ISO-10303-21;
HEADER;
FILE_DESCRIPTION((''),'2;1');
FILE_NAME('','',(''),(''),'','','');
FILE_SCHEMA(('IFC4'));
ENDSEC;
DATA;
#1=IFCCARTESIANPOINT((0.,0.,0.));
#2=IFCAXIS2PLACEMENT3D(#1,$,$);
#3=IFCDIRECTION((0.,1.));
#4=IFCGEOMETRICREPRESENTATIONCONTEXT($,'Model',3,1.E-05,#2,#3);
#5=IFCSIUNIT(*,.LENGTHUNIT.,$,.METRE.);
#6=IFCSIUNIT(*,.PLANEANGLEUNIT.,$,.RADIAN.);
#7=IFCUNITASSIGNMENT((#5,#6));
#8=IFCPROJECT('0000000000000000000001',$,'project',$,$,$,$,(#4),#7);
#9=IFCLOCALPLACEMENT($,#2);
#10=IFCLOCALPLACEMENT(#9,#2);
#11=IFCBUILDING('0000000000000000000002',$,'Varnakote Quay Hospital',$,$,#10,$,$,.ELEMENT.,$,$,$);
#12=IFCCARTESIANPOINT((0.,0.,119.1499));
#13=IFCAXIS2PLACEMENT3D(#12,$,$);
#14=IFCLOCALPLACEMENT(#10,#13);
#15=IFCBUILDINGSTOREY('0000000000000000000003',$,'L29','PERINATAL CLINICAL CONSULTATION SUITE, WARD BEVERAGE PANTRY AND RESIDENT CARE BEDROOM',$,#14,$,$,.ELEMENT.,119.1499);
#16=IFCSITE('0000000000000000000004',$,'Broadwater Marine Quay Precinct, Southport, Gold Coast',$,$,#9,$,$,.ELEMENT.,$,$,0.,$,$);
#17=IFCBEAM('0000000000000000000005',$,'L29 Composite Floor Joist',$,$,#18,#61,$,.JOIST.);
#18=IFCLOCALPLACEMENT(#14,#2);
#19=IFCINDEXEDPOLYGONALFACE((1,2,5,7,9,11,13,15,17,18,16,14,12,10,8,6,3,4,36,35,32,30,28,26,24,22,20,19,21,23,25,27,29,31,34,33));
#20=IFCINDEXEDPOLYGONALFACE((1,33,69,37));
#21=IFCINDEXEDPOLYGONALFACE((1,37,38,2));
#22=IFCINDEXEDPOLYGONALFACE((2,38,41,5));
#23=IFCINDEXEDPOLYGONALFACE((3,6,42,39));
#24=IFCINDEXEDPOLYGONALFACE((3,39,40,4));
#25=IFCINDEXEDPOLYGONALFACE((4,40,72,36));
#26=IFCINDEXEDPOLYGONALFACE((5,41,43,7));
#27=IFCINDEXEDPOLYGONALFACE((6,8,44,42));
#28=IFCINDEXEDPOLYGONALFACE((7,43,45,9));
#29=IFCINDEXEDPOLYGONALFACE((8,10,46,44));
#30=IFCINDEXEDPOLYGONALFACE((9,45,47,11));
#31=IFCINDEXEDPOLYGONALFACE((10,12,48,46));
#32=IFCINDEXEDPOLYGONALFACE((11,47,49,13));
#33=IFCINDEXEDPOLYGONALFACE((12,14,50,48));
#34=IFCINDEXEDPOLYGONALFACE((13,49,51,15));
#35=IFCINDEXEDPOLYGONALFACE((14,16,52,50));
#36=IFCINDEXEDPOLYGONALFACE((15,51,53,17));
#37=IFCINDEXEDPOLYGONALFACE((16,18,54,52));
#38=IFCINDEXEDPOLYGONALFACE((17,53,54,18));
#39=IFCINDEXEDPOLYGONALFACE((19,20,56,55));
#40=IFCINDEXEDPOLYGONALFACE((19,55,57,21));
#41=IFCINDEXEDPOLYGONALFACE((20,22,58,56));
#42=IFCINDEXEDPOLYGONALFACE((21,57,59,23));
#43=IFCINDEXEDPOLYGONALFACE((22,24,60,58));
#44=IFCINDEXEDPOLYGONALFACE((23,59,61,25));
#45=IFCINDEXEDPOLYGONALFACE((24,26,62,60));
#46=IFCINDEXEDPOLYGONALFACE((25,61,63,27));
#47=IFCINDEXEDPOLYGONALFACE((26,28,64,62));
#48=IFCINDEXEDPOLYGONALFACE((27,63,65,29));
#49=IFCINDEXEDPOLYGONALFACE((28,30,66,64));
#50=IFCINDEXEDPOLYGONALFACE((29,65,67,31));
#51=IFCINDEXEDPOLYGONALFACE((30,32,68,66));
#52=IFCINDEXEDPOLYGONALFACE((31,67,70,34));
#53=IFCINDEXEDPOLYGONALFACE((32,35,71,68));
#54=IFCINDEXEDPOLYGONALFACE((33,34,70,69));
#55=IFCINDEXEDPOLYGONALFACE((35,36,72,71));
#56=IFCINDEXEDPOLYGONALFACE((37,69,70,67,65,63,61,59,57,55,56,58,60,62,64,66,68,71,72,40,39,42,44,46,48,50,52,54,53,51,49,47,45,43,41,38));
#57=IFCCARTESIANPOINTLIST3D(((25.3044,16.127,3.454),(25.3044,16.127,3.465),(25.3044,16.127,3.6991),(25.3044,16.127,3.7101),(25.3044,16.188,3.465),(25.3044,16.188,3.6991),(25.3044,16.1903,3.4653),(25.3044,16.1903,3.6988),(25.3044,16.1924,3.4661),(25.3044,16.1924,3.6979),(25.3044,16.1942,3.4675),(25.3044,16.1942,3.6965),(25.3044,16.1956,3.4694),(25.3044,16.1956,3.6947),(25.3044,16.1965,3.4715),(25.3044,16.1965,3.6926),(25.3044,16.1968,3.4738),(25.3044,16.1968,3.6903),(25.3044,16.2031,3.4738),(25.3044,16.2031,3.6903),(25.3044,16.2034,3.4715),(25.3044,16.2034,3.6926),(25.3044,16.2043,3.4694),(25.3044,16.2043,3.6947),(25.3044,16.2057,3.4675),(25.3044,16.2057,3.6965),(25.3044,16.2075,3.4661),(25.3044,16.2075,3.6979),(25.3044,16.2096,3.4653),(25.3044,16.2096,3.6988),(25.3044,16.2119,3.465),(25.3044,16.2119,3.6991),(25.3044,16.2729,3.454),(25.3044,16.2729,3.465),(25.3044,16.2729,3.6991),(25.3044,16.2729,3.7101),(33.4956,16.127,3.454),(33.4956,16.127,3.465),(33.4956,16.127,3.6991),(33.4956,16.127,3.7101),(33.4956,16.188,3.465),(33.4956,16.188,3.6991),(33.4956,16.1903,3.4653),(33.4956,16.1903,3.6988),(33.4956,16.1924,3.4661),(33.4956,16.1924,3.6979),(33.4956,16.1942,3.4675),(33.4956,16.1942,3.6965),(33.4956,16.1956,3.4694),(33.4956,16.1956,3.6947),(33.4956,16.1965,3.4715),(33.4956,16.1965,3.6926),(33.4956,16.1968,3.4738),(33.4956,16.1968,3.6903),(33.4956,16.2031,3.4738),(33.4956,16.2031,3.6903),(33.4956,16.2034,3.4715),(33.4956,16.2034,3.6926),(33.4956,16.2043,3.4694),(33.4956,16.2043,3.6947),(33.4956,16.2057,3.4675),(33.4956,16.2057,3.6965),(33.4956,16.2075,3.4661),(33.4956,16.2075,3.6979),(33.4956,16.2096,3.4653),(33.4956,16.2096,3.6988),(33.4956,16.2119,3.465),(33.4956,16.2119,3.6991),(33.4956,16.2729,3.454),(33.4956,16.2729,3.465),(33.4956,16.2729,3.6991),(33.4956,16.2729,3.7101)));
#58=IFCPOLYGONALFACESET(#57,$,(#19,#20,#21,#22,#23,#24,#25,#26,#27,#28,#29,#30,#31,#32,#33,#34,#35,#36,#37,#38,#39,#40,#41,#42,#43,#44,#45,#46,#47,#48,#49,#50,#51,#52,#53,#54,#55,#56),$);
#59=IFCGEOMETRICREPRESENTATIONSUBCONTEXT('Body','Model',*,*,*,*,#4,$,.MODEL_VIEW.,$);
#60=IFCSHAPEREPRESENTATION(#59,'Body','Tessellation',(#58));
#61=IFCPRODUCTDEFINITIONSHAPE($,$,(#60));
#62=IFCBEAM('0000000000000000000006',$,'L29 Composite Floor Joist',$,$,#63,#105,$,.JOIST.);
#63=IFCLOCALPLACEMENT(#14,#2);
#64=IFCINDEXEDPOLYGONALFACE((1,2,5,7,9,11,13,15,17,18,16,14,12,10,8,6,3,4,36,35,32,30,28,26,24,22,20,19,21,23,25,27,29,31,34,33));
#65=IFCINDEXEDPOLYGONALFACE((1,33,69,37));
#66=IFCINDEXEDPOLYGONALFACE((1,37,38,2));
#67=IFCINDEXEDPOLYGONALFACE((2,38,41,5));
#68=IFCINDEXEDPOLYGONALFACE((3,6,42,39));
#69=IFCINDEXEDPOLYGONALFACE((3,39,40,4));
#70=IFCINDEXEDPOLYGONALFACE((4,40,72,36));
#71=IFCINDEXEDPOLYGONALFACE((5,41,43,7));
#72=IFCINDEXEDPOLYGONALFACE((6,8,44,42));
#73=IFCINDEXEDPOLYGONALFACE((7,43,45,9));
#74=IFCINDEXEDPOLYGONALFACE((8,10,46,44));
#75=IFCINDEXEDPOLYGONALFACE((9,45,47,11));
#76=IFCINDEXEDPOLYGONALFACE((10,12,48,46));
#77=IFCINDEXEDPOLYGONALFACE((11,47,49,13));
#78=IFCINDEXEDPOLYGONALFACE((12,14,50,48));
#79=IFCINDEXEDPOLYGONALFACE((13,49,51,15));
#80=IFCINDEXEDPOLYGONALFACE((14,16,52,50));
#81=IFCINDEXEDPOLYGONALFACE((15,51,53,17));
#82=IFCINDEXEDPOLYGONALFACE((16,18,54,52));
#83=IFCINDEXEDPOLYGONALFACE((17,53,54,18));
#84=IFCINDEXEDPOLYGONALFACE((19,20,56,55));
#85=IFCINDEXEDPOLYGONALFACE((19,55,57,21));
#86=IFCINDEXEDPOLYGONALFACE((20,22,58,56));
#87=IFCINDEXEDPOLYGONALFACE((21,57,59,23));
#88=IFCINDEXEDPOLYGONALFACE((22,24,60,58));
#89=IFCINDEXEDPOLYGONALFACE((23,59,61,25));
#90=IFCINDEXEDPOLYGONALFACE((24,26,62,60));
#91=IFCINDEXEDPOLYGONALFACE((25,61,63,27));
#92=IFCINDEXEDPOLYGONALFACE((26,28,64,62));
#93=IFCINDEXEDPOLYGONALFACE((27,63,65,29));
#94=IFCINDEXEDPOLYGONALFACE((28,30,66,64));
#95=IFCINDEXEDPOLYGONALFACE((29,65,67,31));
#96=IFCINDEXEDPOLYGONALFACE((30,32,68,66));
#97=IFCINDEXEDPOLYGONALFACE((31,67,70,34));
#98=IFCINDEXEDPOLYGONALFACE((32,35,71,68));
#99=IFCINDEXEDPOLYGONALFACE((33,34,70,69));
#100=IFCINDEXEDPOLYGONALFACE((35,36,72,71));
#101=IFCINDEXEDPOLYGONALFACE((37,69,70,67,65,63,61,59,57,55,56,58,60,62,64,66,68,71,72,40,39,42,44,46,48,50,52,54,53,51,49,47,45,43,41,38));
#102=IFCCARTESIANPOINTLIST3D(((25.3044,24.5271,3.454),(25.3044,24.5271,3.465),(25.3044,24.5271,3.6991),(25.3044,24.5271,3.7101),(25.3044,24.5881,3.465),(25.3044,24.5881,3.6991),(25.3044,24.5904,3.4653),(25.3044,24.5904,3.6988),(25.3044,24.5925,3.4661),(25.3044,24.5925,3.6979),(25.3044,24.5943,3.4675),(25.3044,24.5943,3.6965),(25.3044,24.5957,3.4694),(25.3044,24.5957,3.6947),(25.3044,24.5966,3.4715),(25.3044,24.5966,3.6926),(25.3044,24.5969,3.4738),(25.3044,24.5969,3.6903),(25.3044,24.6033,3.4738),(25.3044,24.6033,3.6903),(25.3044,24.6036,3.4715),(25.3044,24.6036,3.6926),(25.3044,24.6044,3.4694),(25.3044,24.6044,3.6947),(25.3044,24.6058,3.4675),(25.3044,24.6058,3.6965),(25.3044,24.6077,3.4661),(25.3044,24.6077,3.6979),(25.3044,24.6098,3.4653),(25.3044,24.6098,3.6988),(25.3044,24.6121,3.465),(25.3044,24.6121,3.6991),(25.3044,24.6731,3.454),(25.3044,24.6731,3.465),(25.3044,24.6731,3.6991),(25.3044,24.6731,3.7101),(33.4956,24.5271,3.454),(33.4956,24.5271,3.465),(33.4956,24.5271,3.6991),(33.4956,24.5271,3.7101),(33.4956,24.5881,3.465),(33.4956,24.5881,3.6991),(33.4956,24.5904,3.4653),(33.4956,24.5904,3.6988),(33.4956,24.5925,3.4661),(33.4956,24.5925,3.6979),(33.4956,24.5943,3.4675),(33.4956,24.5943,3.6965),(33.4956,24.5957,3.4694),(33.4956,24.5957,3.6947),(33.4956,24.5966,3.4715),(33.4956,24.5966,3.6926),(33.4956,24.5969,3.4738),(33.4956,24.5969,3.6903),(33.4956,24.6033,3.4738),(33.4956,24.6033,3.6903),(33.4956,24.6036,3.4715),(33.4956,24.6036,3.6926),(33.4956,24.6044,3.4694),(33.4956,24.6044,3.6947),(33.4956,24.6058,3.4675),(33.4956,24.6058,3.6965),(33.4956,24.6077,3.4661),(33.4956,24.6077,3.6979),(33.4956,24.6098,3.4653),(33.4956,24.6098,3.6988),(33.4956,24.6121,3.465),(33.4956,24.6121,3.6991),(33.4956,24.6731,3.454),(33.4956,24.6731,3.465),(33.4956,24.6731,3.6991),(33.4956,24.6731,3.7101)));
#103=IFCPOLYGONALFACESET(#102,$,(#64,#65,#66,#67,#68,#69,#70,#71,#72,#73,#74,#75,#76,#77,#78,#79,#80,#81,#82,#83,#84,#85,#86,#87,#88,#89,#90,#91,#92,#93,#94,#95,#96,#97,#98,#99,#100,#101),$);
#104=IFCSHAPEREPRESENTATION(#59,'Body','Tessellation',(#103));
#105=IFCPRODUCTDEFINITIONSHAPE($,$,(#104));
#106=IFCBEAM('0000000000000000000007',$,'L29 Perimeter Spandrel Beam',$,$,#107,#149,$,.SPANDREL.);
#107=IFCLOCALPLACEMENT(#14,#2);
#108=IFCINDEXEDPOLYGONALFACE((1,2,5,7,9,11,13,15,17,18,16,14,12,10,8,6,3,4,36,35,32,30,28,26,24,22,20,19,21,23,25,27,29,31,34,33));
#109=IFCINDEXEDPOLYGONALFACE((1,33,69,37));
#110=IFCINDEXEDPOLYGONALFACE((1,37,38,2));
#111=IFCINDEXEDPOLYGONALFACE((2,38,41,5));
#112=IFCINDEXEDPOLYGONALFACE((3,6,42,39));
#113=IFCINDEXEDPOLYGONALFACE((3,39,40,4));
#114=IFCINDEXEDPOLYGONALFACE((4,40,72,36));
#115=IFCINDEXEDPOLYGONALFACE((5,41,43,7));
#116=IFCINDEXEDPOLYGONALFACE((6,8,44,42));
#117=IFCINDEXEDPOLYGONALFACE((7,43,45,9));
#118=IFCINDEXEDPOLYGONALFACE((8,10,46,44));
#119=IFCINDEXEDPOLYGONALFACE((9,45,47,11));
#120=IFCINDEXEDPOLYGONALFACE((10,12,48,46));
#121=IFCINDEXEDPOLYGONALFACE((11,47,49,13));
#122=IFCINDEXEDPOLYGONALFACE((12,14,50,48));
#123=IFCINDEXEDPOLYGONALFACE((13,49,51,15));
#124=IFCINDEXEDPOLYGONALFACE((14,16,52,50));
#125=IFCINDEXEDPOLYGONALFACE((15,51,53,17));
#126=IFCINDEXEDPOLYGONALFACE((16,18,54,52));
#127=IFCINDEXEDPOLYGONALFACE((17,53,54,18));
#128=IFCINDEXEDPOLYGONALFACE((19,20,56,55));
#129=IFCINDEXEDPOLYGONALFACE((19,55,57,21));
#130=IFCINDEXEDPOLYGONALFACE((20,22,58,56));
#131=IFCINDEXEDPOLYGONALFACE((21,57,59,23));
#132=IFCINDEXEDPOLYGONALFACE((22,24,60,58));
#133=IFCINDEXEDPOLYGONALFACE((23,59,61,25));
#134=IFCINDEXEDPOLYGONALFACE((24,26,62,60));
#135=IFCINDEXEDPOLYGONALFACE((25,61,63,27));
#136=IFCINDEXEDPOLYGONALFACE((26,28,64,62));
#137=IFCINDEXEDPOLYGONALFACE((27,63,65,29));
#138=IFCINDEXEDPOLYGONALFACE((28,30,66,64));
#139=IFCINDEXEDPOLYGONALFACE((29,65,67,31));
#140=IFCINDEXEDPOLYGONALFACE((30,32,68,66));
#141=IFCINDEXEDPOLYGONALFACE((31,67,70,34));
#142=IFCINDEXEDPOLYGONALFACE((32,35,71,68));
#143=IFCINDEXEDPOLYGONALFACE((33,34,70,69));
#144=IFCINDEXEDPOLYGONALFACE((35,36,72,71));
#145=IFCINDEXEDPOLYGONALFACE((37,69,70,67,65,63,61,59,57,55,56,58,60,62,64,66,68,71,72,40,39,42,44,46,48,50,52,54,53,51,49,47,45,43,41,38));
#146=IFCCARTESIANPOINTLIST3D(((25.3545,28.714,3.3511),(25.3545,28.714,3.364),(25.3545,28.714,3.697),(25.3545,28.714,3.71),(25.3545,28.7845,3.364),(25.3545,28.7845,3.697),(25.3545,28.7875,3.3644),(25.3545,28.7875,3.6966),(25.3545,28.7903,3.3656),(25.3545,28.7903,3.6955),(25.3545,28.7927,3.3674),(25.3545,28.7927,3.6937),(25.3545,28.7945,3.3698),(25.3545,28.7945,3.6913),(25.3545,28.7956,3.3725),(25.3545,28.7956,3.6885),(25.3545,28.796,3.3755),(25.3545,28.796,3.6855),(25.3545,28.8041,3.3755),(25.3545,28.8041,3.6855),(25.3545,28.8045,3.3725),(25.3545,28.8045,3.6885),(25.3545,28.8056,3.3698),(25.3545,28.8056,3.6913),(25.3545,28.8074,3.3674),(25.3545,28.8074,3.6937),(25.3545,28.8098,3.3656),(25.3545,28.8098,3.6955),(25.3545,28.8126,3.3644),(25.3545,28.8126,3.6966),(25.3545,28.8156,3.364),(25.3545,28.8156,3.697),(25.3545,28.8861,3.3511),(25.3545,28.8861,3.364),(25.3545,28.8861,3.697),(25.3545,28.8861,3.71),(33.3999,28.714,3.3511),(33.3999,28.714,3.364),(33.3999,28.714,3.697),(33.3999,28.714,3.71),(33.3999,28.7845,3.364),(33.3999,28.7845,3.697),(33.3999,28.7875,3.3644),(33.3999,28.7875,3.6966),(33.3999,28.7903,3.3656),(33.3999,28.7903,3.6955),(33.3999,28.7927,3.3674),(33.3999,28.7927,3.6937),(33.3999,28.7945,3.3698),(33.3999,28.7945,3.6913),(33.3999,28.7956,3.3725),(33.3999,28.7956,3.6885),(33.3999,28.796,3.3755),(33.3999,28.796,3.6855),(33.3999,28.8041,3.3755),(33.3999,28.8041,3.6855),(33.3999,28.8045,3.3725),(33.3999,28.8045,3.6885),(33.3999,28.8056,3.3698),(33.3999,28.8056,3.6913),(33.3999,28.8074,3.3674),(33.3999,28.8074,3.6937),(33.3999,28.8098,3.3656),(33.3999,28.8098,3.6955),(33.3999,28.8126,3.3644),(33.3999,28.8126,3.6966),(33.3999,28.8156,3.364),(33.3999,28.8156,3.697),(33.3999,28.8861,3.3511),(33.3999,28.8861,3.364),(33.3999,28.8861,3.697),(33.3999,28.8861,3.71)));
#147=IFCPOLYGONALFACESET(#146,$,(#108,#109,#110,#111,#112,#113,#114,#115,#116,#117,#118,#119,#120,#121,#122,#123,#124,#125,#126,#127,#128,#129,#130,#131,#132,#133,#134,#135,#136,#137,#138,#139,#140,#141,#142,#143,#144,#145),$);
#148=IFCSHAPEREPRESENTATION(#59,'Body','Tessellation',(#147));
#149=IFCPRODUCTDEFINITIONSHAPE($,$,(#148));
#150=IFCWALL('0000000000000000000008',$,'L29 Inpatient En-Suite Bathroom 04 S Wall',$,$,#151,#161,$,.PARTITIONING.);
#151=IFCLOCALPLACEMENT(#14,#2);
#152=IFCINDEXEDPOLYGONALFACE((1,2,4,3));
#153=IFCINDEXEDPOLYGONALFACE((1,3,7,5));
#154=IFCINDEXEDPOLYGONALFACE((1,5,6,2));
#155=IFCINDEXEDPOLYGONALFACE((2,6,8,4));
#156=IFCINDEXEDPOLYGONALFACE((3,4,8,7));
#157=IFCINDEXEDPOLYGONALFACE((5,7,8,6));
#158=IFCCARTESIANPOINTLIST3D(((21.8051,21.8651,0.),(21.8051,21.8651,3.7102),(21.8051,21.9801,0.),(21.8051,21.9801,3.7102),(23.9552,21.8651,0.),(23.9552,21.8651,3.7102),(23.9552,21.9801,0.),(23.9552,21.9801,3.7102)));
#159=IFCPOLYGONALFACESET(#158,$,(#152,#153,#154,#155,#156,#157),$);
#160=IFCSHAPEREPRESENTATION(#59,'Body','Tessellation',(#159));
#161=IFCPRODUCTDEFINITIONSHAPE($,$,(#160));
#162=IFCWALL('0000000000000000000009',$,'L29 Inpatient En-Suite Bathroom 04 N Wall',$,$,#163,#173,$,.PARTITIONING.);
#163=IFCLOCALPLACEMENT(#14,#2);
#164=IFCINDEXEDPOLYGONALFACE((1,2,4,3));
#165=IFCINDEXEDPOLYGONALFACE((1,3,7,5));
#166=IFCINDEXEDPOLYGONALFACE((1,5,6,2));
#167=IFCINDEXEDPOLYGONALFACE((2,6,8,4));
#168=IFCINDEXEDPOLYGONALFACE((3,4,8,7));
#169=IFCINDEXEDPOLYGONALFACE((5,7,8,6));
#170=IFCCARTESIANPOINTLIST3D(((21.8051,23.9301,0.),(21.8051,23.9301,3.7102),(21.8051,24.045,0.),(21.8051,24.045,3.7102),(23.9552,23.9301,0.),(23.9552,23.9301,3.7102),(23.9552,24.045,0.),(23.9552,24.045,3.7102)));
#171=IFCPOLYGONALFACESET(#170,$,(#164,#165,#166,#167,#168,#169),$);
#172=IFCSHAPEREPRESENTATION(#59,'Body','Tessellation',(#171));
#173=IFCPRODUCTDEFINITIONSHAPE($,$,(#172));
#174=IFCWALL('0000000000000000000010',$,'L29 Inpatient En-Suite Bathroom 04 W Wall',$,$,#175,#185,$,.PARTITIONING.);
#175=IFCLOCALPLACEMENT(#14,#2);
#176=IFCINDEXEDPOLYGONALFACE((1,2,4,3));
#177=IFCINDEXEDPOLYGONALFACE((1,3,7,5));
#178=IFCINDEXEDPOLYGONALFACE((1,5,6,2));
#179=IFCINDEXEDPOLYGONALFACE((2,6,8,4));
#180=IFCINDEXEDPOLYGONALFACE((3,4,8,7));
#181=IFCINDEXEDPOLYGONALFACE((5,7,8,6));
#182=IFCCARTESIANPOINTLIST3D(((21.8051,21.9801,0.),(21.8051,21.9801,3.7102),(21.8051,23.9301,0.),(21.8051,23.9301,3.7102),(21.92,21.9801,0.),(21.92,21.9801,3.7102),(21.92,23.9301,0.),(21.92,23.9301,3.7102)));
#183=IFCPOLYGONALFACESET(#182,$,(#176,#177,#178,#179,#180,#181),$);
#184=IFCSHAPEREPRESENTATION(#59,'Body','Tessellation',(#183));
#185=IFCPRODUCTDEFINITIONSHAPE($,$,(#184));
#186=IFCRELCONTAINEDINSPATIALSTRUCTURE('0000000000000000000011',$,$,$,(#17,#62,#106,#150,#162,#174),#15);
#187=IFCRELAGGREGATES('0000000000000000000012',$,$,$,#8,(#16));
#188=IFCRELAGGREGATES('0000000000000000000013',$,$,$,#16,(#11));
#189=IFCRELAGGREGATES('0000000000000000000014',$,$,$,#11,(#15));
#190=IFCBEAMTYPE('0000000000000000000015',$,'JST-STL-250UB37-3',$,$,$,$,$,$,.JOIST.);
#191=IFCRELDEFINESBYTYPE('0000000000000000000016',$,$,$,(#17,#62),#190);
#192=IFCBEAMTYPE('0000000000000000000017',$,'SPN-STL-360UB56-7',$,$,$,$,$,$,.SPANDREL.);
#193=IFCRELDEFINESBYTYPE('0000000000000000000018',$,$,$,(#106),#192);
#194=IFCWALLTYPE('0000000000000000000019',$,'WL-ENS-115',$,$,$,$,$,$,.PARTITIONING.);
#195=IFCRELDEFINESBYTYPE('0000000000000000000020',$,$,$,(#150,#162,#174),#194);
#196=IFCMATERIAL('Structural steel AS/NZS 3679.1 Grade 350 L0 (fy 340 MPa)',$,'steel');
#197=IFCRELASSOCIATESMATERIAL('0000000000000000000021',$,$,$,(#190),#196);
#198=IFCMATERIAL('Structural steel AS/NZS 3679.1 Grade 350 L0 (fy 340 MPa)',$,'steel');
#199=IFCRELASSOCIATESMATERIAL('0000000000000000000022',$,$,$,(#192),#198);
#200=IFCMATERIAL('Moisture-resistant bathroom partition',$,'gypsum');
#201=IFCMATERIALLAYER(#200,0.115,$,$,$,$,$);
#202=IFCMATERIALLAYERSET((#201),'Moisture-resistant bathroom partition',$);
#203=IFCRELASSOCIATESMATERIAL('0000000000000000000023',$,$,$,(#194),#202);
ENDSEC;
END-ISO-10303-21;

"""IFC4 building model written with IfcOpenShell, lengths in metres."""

from ifc_helpers import new_model, si_unit, direction, frame, frame_2d, origin, origin_2d, place, context, subcontext, project, spatial, rectangle, i_section, extrude, material, layer, layer_set, material_profile, profile_set, type_object, element, save


model = new_model("IFC4")

# Units and contexts
model_context = context("Model", 3, precision=1e-05, world=origin(), true_north=direction((0.0, 1.0)))
body_context = subcontext(model_context, "Body", "Model", "MODEL_VIEW")
ifc_project = project(units=[si_unit("LENGTHUNIT", "METRE"), si_unit("PLANEANGLEUNIT", "RADIAN")], contexts=[model_context])

# Site, building, storey
site_placement = place(None, origin())
site = spatial("IfcSite", under=ifc_project, at=site_placement, Name="Broadwater Marine Quay Precinct, Southport, Gold Coast", CompositionType="ELEMENT", RefElevation=0.0)
building_placement = place(site_placement, origin())
building = spatial("IfcBuilding", under=site, at=building_placement, Name="Varnakote Quay Hospital", CompositionType="ELEMENT")
storey_placement = place(building_placement, frame((0.0, 0.0, 119.1499)))
storey = spatial("IfcBuildingStorey", under=building, at=storey_placement, Name="L29", Description="PERINATAL CLINICAL CONSULTATION SUITE, WARD BEVERAGE PANTRY AND RESIDENT CARE BEDROOM", CompositionType="ELEMENT", Elevation=119.1499)

# Beams
ifc_material_1 = material(Name="Structural steel AS/NZS 3679.1 Grade 350 L0 (fy 340 MPa)", Category="steel")
ifc_material_profile_1 = material_profile(ifc_material_1, i_section(OverallWidth=0.146, OverallDepth=0.2561, WebThickness=0.0063, FlangeThickness=0.011, FilletRadius=0.0088, at=origin_2d()), Name="250UB37.3")
ifc_profile_set_1 = profile_set([ifc_material_profile_1], Name="Structural steel AS/NZS 3679.1 Grade 350 L0 (fy 340 MPa)")
beam_type_1 = type_object("IfcBeamType", Name="JST-STL-250UB37-3", PredefinedType="JOIST", material=ifc_profile_set_1)
for number, where, z_axis, x_axis, name in (
    (1, (25.3044, 16.2, 3.582), (1.0, 0.0, 0.0), (0.0, 1.0, 0.0), "L29 Composite Floor Joist"),
    (2, (25.3044, 24.6001, 3.582), (1.0, 0.0, 0.0), (0.0, 1.0, 0.0), "L29 Composite Floor Joist"),
):
    element("IfcBeam", number, at=place(storey_placement, frame(where, z_axis=z_axis, x_axis=x_axis)), inside=storey, type_object=beam_type_1, Name=name, PredefinedType="JOIST", context=body_context, shape_type="SweptSolid", body=[
        extrude(i_section(OverallWidth=0.146, OverallDepth=0.2561, WebThickness=0.0063, FlangeThickness=0.011, FilletRadius=0.0088, at=origin_2d()), origin(), (0.0, 0.0, 1.0), 8.1912),
    ])
ifc_material_2 = material(Name="Structural steel AS/NZS 3679.1 Grade 350 L0 (fy 340 MPa)", Category="steel")
ifc_material_profile_2 = material_profile(ifc_material_2, i_section(OverallWidth=0.1721, OverallDepth=0.3589, WebThickness=0.0081, FlangeThickness=0.0129, FilletRadius=0.0115, at=origin_2d()), Name="360UB56.7")
ifc_profile_set_2 = profile_set([ifc_material_profile_2], Name="Structural steel AS/NZS 3679.1 Grade 350 L0 (fy 340 MPa)")
beam_type_2 = type_object("IfcBeamType", Name="SPN-STL-360UB56-7", PredefinedType="SPANDREL", material=ifc_profile_set_2)
beam_1_placement = place(storey_placement, frame((25.3545, 28.8, 3.5305), z_axis=(1.0, 0.0, 0.0), x_axis=(0.0, 1.0, 0.0)))
element("IfcBeam", 3, at=beam_1_placement, inside=storey, type_object=beam_type_2, Name="L29 Perimeter Spandrel Beam", PredefinedType="SPANDREL", context=body_context, shape_type="SweptSolid", body=[
    extrude(i_section(OverallWidth=0.1721, OverallDepth=0.3589, WebThickness=0.0081, FlangeThickness=0.0129, FilletRadius=0.0115, at=origin_2d()), origin(), (0.0, 0.0, 1.0), 8.0454),
])

# Walls
ifc_material_3 = material(Name="Moisture-resistant bathroom partition", Category="gypsum")
ifc_layer_1 = layer(ifc_material_3, 0.115)
ifc_layer_set_1 = layer_set([ifc_layer_1], Name="Moisture-resistant bathroom partition")
wall_type_1 = type_object("IfcWallType", Name="WL-ENS-115", PredefinedType="PARTITIONING", material=ifc_layer_set_1)
for number, where, z_axis, x_axis, name in (
    (4, (21.8049, 21.9226, 0.0), (0.0, 0.0, 1.0), (1.0, 0.0, 0.0), "L29 Inpatient En-Suite Bathroom 04 S Wall"),
    (5, (21.8049, 23.9875, 0.0), (0.0, 0.0, 1.0), (1.0, 0.0, 0.0), "L29 Inpatient En-Suite Bathroom 04 N Wall"),
):
    element("IfcWall", number, at=place(storey_placement, frame(where, z_axis=z_axis, x_axis=x_axis)), inside=storey, type_object=wall_type_1, Name=name, PredefinedType="PARTITIONING", context=body_context, shape_type="SweptSolid", body=[
        extrude(rectangle(XDim=2.1501, YDim=0.115, at=frame_2d((1.0752, 0.0))), origin(), (0.0, 0.0, 1.0), 3.7102),
    ])
wall_1_placement = place(storey_placement, frame((21.8625, 21.98, 0.0), z_axis=(0.0, 0.0, 1.0), x_axis=(0.0, 1.0, 0.0)))
element("IfcWall", 6, at=wall_1_placement, inside=storey, type_object=wall_type_1, Name="L29 Inpatient En-Suite Bathroom 04 W Wall", PredefinedType="PARTITIONING", context=body_context, shape_type="SweptSolid", body=[
    extrude(rectangle(XDim=1.95, YDim=0.115, at=frame_2d((0.9751, 0.0))), origin(), (0.0, 0.0, 1.0), 3.7102),
])

save(model, "model.ifc")
